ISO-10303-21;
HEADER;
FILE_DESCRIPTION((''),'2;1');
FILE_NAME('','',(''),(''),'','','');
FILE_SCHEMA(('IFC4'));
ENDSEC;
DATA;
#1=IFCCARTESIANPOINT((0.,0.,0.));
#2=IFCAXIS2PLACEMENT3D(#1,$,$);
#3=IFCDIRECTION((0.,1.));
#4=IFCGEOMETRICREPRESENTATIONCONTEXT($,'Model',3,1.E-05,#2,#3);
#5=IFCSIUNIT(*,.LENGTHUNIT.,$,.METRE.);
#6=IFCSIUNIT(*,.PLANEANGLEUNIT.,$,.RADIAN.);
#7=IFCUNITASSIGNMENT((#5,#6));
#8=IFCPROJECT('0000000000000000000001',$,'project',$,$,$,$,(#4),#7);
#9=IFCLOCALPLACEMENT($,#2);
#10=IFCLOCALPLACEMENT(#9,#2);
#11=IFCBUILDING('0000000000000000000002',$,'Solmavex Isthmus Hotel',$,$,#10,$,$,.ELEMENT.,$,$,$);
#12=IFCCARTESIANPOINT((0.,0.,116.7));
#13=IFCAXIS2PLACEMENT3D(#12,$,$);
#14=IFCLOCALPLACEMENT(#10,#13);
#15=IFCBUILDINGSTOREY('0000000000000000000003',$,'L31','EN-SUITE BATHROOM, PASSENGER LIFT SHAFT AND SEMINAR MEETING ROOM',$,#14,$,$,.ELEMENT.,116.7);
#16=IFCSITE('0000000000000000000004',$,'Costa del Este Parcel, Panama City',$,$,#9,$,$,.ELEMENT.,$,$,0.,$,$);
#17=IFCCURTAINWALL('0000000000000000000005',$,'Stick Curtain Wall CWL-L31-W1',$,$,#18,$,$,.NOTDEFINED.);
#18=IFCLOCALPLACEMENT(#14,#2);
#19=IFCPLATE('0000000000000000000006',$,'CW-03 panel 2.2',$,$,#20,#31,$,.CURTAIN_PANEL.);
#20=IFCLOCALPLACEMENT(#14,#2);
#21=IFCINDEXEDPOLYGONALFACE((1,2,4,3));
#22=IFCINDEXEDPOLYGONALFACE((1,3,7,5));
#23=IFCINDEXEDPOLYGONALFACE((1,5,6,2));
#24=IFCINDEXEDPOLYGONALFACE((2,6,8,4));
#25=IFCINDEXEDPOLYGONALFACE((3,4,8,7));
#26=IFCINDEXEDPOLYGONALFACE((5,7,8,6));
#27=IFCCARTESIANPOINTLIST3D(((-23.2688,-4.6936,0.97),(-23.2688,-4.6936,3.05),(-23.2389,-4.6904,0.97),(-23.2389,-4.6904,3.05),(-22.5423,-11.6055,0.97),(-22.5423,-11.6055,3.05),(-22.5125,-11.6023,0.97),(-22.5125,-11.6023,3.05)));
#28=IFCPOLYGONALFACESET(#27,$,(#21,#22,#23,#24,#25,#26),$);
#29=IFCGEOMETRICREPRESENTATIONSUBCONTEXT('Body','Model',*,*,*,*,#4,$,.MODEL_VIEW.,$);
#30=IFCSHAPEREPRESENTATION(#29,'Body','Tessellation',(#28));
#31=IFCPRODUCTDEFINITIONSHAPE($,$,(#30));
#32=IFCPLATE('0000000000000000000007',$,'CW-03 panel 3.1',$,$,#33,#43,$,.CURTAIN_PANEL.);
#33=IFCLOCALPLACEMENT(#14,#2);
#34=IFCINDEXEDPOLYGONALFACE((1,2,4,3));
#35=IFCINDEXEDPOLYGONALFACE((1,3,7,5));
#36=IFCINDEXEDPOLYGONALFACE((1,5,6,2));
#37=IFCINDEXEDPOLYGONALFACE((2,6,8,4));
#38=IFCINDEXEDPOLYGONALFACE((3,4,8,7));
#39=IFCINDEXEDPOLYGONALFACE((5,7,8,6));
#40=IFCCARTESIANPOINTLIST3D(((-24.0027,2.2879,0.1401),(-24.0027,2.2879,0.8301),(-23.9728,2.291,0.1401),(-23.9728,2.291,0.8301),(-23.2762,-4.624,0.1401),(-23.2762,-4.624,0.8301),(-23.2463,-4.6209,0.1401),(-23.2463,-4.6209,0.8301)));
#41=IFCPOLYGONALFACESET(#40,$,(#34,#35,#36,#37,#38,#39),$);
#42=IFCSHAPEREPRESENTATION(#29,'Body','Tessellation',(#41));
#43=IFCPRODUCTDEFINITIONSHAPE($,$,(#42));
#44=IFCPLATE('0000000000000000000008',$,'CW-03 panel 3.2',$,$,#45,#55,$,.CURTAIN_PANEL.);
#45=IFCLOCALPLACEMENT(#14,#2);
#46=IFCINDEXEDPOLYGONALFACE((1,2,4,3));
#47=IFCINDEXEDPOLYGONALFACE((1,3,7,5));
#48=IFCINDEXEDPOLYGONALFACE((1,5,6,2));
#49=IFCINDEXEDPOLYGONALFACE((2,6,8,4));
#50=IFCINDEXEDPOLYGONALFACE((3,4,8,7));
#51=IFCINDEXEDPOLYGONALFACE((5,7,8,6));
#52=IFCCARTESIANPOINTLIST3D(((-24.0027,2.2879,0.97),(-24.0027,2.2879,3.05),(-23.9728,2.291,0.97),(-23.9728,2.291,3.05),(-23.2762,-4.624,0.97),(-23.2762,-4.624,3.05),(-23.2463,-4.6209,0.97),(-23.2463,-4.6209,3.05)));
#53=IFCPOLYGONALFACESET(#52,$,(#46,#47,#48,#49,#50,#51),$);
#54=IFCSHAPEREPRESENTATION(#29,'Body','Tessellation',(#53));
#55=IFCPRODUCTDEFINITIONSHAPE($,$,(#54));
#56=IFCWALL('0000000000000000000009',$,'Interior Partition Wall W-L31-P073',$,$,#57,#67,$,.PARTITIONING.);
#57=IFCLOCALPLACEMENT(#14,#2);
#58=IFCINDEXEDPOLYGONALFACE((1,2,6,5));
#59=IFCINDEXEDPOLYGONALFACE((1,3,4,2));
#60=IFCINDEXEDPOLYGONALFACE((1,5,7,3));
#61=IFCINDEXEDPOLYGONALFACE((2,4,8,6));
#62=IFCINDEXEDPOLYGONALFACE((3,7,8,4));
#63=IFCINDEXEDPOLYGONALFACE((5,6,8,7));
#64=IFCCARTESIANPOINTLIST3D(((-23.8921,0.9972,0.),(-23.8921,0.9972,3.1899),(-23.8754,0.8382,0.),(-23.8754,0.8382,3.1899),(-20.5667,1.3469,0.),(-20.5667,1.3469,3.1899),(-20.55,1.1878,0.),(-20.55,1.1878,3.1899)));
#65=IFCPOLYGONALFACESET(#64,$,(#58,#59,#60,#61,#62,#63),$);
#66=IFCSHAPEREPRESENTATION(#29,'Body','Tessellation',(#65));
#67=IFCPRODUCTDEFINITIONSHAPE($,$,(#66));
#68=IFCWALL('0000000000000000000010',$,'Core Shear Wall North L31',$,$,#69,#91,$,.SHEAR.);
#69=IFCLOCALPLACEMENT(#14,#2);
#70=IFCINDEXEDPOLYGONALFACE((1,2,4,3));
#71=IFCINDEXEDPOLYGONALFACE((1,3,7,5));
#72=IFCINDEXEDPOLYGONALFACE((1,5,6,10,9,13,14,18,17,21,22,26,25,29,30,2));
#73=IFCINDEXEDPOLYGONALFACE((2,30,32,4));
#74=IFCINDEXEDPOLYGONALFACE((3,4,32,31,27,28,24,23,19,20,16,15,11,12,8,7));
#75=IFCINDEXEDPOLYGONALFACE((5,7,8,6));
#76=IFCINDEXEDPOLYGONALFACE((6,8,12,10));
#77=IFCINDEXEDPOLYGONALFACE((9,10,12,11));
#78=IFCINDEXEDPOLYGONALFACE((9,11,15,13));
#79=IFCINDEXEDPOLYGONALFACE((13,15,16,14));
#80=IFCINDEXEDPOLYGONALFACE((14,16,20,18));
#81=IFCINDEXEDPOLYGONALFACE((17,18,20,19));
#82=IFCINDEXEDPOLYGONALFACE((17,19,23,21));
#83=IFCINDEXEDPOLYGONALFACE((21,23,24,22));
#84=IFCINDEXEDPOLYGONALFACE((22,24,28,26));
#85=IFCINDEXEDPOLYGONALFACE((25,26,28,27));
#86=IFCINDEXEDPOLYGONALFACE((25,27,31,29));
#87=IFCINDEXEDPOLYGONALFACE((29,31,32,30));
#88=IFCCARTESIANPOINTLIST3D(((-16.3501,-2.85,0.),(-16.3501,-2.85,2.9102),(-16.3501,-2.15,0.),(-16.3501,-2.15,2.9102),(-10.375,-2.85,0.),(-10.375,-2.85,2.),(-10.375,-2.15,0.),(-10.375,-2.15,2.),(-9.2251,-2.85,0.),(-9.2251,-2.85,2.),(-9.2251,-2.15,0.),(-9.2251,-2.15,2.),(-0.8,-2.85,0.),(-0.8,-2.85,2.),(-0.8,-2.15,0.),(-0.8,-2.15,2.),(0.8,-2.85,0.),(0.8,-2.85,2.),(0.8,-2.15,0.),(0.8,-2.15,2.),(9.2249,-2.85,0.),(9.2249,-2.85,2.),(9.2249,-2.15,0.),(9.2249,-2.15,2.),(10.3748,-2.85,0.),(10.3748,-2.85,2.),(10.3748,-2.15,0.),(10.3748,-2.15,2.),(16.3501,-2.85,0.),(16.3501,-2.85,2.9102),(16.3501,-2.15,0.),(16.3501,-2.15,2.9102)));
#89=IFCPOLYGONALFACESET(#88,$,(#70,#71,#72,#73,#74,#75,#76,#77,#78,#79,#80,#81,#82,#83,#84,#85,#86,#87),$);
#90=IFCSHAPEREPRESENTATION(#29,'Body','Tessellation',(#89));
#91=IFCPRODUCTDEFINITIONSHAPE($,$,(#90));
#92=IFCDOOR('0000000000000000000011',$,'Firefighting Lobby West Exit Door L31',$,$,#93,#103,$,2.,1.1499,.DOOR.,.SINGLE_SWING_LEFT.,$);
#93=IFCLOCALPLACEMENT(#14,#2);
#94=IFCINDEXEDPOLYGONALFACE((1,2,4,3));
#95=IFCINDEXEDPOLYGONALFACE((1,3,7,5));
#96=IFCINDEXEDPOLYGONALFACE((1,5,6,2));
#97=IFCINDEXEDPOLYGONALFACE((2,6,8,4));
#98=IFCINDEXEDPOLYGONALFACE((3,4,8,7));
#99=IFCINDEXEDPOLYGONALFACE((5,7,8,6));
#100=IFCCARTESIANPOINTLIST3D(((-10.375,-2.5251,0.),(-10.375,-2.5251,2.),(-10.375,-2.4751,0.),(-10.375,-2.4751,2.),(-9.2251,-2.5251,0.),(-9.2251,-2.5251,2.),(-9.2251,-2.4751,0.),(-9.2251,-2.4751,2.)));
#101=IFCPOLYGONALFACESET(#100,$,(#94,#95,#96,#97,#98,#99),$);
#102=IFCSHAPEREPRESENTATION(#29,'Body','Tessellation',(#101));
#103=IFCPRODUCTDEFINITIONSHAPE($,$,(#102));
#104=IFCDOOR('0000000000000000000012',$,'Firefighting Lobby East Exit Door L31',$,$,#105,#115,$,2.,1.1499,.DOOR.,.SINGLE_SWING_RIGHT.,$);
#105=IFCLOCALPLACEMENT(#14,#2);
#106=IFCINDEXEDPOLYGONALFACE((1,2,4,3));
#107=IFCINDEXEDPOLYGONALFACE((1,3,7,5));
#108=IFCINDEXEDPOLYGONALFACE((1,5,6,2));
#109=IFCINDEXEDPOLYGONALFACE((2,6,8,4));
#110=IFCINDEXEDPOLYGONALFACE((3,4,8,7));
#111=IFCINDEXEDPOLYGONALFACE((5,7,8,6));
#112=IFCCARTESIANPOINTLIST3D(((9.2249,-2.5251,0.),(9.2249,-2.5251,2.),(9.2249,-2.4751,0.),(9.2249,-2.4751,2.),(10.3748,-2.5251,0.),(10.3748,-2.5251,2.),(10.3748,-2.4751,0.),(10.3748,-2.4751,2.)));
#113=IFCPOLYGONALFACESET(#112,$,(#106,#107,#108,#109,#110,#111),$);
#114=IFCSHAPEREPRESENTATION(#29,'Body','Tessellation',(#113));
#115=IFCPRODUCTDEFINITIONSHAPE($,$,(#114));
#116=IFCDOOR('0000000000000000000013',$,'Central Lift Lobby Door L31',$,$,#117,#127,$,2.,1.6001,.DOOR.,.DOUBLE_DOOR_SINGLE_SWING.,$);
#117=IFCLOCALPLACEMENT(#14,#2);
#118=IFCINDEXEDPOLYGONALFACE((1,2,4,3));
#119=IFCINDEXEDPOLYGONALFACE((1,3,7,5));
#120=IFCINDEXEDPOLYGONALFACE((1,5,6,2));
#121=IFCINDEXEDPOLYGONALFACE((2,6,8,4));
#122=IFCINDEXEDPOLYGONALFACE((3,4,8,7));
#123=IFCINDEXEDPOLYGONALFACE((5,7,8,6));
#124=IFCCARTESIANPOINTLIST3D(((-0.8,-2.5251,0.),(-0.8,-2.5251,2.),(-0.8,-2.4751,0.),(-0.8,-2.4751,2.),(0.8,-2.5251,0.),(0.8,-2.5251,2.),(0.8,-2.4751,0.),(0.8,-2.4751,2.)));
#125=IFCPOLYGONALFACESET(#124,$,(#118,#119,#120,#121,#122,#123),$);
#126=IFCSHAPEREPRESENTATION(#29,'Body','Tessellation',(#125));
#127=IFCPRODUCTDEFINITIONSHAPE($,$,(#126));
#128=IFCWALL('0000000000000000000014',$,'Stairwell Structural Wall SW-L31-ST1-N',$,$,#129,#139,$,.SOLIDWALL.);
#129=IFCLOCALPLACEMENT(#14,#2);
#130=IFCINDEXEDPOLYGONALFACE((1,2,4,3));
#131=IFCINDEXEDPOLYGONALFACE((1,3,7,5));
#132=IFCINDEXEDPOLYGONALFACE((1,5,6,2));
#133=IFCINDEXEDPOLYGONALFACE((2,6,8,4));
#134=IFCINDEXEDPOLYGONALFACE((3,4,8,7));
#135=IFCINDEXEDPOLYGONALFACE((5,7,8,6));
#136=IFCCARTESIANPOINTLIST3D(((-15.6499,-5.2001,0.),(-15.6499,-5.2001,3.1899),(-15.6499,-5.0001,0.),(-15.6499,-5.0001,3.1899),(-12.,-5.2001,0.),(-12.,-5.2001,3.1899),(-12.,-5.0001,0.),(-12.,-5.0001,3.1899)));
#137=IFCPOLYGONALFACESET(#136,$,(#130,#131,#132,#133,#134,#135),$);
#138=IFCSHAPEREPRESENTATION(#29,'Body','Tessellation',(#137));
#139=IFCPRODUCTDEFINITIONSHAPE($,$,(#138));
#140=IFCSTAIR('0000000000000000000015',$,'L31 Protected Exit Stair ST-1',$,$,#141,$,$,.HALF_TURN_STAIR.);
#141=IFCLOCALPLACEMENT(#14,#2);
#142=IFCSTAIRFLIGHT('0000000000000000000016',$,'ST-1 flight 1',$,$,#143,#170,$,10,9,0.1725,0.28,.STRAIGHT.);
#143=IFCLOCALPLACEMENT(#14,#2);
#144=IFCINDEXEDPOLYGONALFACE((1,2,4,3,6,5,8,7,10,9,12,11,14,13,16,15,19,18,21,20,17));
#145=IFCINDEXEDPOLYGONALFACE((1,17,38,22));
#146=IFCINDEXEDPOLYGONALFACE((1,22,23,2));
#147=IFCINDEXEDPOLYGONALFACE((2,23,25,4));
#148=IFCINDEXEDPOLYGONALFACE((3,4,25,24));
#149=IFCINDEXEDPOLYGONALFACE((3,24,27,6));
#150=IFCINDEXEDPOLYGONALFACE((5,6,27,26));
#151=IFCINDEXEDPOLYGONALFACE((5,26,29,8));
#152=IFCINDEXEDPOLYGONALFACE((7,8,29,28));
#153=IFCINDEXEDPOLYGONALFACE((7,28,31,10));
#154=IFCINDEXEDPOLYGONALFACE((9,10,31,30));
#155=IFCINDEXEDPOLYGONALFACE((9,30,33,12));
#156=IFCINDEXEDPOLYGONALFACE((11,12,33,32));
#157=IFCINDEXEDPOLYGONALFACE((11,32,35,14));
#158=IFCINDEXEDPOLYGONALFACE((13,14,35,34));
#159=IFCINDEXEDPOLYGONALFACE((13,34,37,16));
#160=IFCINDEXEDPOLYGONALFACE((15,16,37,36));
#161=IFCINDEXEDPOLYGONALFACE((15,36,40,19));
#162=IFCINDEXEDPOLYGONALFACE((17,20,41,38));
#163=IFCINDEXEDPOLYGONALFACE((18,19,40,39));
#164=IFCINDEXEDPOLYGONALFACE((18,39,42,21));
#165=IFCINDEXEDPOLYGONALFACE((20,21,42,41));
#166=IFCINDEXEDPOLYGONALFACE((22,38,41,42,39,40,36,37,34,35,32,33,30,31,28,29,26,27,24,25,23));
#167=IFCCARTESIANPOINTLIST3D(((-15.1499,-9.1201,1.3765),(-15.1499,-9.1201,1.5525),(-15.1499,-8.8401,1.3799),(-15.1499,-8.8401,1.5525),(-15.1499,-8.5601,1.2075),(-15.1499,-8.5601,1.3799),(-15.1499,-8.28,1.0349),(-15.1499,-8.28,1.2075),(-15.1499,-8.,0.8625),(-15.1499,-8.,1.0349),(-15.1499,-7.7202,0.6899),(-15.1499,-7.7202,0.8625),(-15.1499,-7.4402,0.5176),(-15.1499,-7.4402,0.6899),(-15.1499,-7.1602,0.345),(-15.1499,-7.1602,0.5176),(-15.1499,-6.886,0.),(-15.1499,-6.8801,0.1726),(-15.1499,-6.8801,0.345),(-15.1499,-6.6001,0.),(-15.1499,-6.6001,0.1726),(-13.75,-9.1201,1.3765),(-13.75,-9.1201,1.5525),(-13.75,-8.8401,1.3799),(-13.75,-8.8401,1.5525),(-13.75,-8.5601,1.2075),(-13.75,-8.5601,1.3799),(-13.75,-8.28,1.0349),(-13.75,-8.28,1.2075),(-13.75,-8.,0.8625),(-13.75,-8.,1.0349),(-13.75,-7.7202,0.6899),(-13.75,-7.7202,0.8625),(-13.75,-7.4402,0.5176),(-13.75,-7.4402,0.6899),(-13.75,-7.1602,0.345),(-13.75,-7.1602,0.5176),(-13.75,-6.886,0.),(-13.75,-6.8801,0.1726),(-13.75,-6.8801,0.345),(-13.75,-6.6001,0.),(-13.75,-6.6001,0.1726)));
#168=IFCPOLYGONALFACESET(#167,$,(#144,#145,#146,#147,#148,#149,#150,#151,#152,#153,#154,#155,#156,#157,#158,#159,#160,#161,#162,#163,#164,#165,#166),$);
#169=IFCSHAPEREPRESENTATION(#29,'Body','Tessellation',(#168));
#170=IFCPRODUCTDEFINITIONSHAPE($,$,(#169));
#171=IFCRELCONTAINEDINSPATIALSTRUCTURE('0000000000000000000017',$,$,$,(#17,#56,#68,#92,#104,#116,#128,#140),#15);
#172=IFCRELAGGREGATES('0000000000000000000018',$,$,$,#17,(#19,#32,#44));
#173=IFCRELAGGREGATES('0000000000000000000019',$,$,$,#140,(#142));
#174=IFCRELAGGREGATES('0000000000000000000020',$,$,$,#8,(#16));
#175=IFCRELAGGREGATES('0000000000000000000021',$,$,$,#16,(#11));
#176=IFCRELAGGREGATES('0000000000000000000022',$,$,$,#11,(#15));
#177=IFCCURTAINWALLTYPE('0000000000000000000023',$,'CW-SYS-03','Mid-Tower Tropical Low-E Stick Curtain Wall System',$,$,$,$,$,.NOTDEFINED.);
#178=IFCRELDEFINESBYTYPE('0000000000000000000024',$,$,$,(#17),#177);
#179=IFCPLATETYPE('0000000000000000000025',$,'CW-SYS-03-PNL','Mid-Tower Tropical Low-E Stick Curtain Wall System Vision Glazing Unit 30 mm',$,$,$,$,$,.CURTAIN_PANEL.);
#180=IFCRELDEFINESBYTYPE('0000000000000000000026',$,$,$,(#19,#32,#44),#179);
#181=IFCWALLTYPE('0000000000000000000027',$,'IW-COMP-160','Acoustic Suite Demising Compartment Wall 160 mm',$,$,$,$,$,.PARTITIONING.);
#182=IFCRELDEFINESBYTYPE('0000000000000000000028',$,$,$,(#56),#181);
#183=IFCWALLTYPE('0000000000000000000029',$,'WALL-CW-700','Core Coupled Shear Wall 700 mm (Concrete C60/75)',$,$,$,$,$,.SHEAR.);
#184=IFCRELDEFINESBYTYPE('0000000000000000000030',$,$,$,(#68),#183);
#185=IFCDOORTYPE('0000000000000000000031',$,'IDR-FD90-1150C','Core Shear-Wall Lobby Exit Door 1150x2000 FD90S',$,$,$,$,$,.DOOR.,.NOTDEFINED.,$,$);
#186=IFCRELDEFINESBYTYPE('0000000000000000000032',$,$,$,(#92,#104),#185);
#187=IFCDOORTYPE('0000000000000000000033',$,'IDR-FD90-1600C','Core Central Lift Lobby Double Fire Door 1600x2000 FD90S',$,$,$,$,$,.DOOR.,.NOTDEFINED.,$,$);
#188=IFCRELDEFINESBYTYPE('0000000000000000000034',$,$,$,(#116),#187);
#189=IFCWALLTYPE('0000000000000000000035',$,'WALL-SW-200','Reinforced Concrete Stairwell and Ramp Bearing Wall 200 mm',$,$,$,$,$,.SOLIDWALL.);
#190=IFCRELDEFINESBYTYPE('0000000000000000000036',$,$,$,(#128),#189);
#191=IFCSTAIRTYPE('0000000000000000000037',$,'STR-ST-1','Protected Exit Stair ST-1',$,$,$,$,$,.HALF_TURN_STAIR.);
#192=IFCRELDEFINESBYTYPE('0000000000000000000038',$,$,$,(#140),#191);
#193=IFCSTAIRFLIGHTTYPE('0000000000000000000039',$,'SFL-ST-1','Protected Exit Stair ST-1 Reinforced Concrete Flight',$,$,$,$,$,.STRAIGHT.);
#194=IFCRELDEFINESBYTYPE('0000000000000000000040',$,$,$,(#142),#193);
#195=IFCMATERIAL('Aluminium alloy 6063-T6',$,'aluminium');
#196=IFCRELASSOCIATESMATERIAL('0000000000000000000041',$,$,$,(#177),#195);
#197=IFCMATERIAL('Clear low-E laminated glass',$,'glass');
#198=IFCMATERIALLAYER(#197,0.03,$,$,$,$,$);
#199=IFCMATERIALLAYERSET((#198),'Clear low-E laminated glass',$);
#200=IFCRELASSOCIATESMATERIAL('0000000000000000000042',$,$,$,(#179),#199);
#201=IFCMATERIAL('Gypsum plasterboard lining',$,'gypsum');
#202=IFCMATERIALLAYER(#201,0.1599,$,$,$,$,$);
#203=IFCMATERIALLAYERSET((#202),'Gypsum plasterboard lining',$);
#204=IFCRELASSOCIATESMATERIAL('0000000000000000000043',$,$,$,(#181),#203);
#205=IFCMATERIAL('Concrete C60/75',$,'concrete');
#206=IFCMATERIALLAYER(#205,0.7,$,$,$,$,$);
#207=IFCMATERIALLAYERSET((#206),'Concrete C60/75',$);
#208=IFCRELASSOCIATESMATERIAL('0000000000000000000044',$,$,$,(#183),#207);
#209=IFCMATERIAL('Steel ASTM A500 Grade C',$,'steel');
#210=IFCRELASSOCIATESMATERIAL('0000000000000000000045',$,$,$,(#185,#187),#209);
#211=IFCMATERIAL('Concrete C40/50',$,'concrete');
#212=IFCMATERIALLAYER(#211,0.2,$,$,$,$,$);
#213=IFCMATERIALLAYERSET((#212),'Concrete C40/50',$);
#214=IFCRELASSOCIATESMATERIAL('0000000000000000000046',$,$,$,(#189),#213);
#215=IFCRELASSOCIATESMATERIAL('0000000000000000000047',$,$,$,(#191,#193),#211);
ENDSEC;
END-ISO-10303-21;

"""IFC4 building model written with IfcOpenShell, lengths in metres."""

from ifc_helpers import new_model, si_unit, direction, frame, frame_2d, origin, origin_2d, place, context, subcontext, project, spatial, polyline, rectangle, outline, extrude, material, layer, layer_set, type_object, element, fill, aggregate, save


model = new_model("IFC4")

# Units and contexts
model_context = context("Model", 3, precision=1e-05, world=origin(), true_north=direction((0.0, 1.0)))
body_context = subcontext(model_context, "Body", "Model", "MODEL_VIEW")
ifc_project = project(units=[si_unit("LENGTHUNIT", "METRE"), si_unit("PLANEANGLEUNIT", "RADIAN")], contexts=[model_context])

# Site, building, storey
site_placement = place(None, origin())
site = spatial("IfcSite", under=ifc_project, at=site_placement, Name="Costa del Este Parcel, Panama City", CompositionType="ELEMENT", RefElevation=0.0)
building_placement = place(site_placement, origin())
building = spatial("IfcBuilding", under=site, at=building_placement, Name="Solmavex Isthmus Hotel", CompositionType="ELEMENT")
storey_placement = place(building_placement, frame((0.0, 0.0, 116.7)))
storey = spatial("IfcBuildingStorey", under=building, at=storey_placement, Name="L31", Description="EN-SUITE BATHROOM, PASSENGER LIFT SHAFT AND SEMINAR MEETING ROOM", CompositionType="ELEMENT", Elevation=116.7)

# Shared definitions
ifc_material_1 = material(Name="Concrete C60/75", Category="concrete")

# Curtain wall, plates
ifc_material_2 = material(Name="Aluminium alloy 6063-T6", Category="aluminium")
curtain_wall_type = type_object("IfcCurtainWallType", Name="CW-SYS-03", Description="Mid-Tower Tropical Low-E Stick Curtain Wall System", PredefinedType="NOTDEFINED", material=ifc_material_2)
curtain_wall_placement = place(storey_placement, origin())
curtain_wall = element("IfcCurtainWall", 1, at=curtain_wall_placement, inside=storey, type_object=curtain_wall_type, Name="Stick Curtain Wall CWL-L31-W1", PredefinedType="NOTDEFINED")
ifc_material_3 = material(Name="Clear low-E laminated glass", Category="glass")
ifc_layer_1 = layer(ifc_material_3, 0.03)
ifc_layer_set_1 = layer_set([ifc_layer_1], Name="Clear low-E laminated glass")
plate_type = type_object("IfcPlateType", Name="CW-SYS-03-PNL", Description="Mid-Tower Tropical Low-E Stick Curtain Wall System Vision Glazing Unit 30 mm", PredefinedType="CURTAIN_PANEL", material=ifc_layer_set_1)
plate_1_placement = place(storey_placement, frame((-22.8906, -8.1479, 0.97), z_axis=(0.0, 0.0, 1.0), x_axis=(-0.104528, 0.994522, 0.0)))
plate_1 = element("IfcPlate", 2, at=plate_1_placement, type_object=plate_type, Name="CW-03 panel 2.2", PredefinedType="CURTAIN_PANEL", context=body_context, shape_type="SweptSolid", body=[
    extrude(rectangle(XDim=6.95, YDim=0.03, at=origin_2d()), origin(), (0.0, 0.0, 1.0), 2.0801),
])
plate_2_placement = place(storey_placement, frame((-23.6245, -1.1665, 0.1401), z_axis=(0.0, 0.0, 1.0), x_axis=(-0.104528, 0.994522, 0.0)))
plate_2 = element("IfcPlate", 3, at=plate_2_placement, type_object=plate_type, Name="CW-03 panel 3.1", PredefinedType="CURTAIN_PANEL", context=body_context, shape_type="SweptSolid", body=[
    extrude(rectangle(XDim=6.95, YDim=0.03, at=origin_2d()), origin(), (0.0, 0.0, 1.0), 0.6899),
])
plate_3_placement = place(storey_placement, frame((-23.6245, -1.1665, 0.97), z_axis=(0.0, 0.0, 1.0), x_axis=(-0.104528, 0.994522, 0.0)))
plate_3 = element("IfcPlate", 4, at=plate_3_placement, type_object=plate_type, Name="CW-03 panel 3.2", PredefinedType="CURTAIN_PANEL", context=body_context, shape_type="SweptSolid", body=[
    extrude(rectangle(XDim=6.95, YDim=0.03, at=origin_2d()), origin(), (0.0, 0.0, 1.0), 2.0801),
])
aggregate(curtain_wall, [plate_1, plate_2, plate_3])

# Wall
ifc_material_4 = material(Name="Gypsum plasterboard lining", Category="gypsum")
ifc_layer_2 = layer(ifc_material_4, 0.1599)
ifc_layer_set_2 = layer_set([ifc_layer_2], Name="Gypsum plasterboard lining")
wall_type_1 = type_object("IfcWallType", Name="IW-COMP-160", Description="Acoustic Suite Demising Compartment Wall 160 mm", PredefinedType="PARTITIONING", material=ifc_layer_set_2)
wall_1_placement = place(storey_placement, frame((-20.5583, 1.2673, 0.0), z_axis=(0.0, 0.0, 1.0), x_axis=(-0.994519, -0.104556, 0.0)))
element("IfcWall", 5, at=wall_1_placement, inside=storey, type_object=wall_type_1, Name="Interior Partition Wall W-L31-P073", PredefinedType="PARTITIONING", context=body_context, shape_type="SweptSolid", body=[
    extrude(rectangle(XDim=3.3438, YDim=0.1599, at=frame_2d((1.6719, 0.0))), origin(), (0.0, 0.0, 1.0), 3.1899),
])

# Wall, openings, doors
ifc_layer_3 = layer(ifc_material_1, 0.7)
ifc_layer_set_3 = layer_set([ifc_layer_3], Name="Concrete C60/75")
wall_type_2 = type_object("IfcWallType", Name="WALL-CW-700", Description="Core Coupled Shear Wall 700 mm (Concrete C60/75)", PredefinedType="SHEAR", material=ifc_layer_set_3)
wall_2_placement = place(storey_placement, frame((-16.3501, -2.5, 0.0), z_axis=(0.0, 0.0, 1.0), x_axis=(1.0, 0.0, 0.0)))
wall_2 = element("IfcWall", 6, at=wall_2_placement, inside=storey, type_object=wall_type_2, Name="Core Shear Wall North L31", PredefinedType="SHEAR", context=body_context, shape_type="SweptSolid", body=[
    extrude(rectangle(XDim=32.7002, YDim=0.7, at=frame_2d((16.3501, 0.0))), origin(), (0.0, 0.0, 1.0), 2.9102),
])
opening_1_placement = place(wall_2_placement, frame((5.9751, 0.0, 0.0)))
opening_1 = element("IfcOpeningElement", 7, at=opening_1_placement, cuts=wall_2, PredefinedType="OPENING", context=body_context, shape_type="SweptSolid", body=[
    extrude(rectangle(XDim=1.1499, YDim=2.0, at=frame_2d((0.575, 1.0))), frame((0.0, 0.3599, 0.0), z_axis=(0.0, -1.0, 0.0), x_axis=(1.0, 0.0, 0.0)), (0.0, 0.0, 1.0), 0.72),
])
opening_2_placement = place(wall_2_placement, frame((15.55, 0.0, 0.0)))
opening_2 = element("IfcOpeningElement", 8, at=opening_2_placement, cuts=wall_2, PredefinedType="OPENING", context=body_context, shape_type="SweptSolid", body=[
    extrude(rectangle(XDim=1.6001, YDim=2.0, at=frame_2d((0.8, 1.0))), frame((0.0, 0.3599, 0.0), z_axis=(0.0, -1.0, 0.0), x_axis=(1.0, 0.0, 0.0)), (0.0, 0.0, 1.0), 0.72),
])
opening_3_placement = place(wall_2_placement, frame((25.575, 0.0, 0.0)))
opening_3 = element("IfcOpeningElement", 9, at=opening_3_placement, cuts=wall_2, PredefinedType="OPENING", context=body_context, shape_type="SweptSolid", body=[
    extrude(rectangle(XDim=1.1499, YDim=2.0, at=frame_2d((0.575, 1.0))), frame((0.0, 0.3599, 0.0), z_axis=(0.0, -1.0, 0.0), x_axis=(1.0, 0.0, 0.0)), (0.0, 0.0, 1.0), 0.72),
])
ifc_material_5 = material(Name="Steel ASTM A500 Grade C", Category="steel")
door_type_1 = type_object("IfcDoorType", Name="IDR-FD90-1150C", Description="Core Shear-Wall Lobby Exit Door 1150x2000 FD90S", OperationType="NOTDEFINED", PredefinedType="DOOR", material=ifc_material_5)
door_1_placement = place(opening_1_placement, origin())
door_1 = element("IfcDoor", 10, at=door_1_placement, inside=storey, type_object=door_type_1, Name="Firefighting Lobby West Exit Door L31", OperationType="SINGLE_SWING_LEFT", OverallHeight=2.0, OverallWidth=1.1499, PredefinedType="DOOR", context=body_context, shape_type="SweptSolid", body=[
    extrude(rectangle(XDim=1.1499, YDim=2.0, at=frame_2d((0.575, 1.0))), frame((0.0, 0.0249, 0.0), z_axis=(0.0, -1.0, 0.0), x_axis=(1.0, 0.0, 0.0)), (0.0, 0.0, 1.0), 0.05),
])
fill(opening_1, door_1)
door_2_placement = place(opening_3_placement, origin())
door_2 = element("IfcDoor", 11, at=door_2_placement, inside=storey, type_object=door_type_1, Name="Firefighting Lobby East Exit Door L31", OperationType="SINGLE_SWING_RIGHT", OverallHeight=2.0, OverallWidth=1.1499, PredefinedType="DOOR", context=body_context, shape_type="SweptSolid", body=[
    extrude(rectangle(XDim=1.1499, YDim=2.0, at=frame_2d((0.575, 1.0))), frame((0.0, 0.0249, 0.0), z_axis=(0.0, -1.0, 0.0), x_axis=(1.0, 0.0, 0.0)), (0.0, 0.0, 1.0), 0.05),
])
fill(opening_3, door_2)
door_type_2 = type_object("IfcDoorType", Name="IDR-FD90-1600C", Description="Core Central Lift Lobby Double Fire Door 1600x2000 FD90S", OperationType="NOTDEFINED", PredefinedType="DOOR", material=ifc_material_5)
door_3_placement = place(opening_2_placement, origin())
door_3 = element("IfcDoor", 12, at=door_3_placement, inside=storey, type_object=door_type_2, Name="Central Lift Lobby Door L31", OperationType="DOUBLE_DOOR_SINGLE_SWING", OverallHeight=2.0, OverallWidth=1.6001, PredefinedType="DOOR", context=body_context, shape_type="SweptSolid", body=[
    extrude(rectangle(XDim=1.6001, YDim=2.0, at=frame_2d((0.8, 1.0))), frame((0.0, 0.0249, 0.0), z_axis=(0.0, -1.0, 0.0), x_axis=(1.0, 0.0, 0.0)), (0.0, 0.0, 1.0), 0.05),
])
fill(opening_2, door_3)

# Wall
ifc_material_6 = material(Name="Concrete C40/50", Category="concrete")
ifc_layer_4 = layer(ifc_material_6, 0.2)
ifc_layer_set_4 = layer_set([ifc_layer_4], Name="Concrete C40/50")
wall_type_3 = type_object("IfcWallType", Name="WALL-SW-200", Description="Reinforced Concrete Stairwell and Ramp Bearing Wall 200 mm", PredefinedType="SOLIDWALL", material=ifc_layer_set_4)
wall_3_placement = place(storey_placement, frame((-15.6499, -5.1001, 0.0), z_axis=(0.0, 0.0, 1.0), x_axis=(1.0, 0.0, 0.0)))
element("IfcWall", 13, at=wall_3_placement, inside=storey, type_object=wall_type_3, Name="Stairwell Structural Wall SW-L31-ST1-N", PredefinedType="SOLIDWALL", context=body_context, shape_type="SweptSolid", body=[
    extrude(rectangle(XDim=3.6499, YDim=0.2, at=frame_2d((1.825, 0.0))), origin(), (0.0, 0.0, 1.0), 3.1899),
])

# Stair, stair flight
stair_type = type_object("IfcStairType", Name="STR-ST-1", Description="Protected Exit Stair ST-1", PredefinedType="HALF_TURN_STAIR", material=ifc_material_6)
stair_placement = place(storey_placement, origin())
stair = element("IfcStair", 14, at=stair_placement, inside=storey, type_object=stair_type, Name="L31 Protected Exit Stair ST-1", PredefinedType="HALF_TURN_STAIR")
stair_flight_type = type_object("IfcStairFlightType", Name="SFL-ST-1", Description="Protected Exit Stair ST-1 Reinforced Concrete Flight", PredefinedType="STRAIGHT", material=ifc_material_6)
stair_flight_1_placement = place(storey_placement, frame((-14.45, -6.6001, 0.0), z_axis=(0.0, 0.0, 1.0), x_axis=(0.0, -1.0, 0.0)))
stair_flight_1 = element("IfcStairFlight", 15, at=stair_flight_1_placement, type_object=stair_flight_type, Name="ST-1 flight 1", NumberOfRisers=10, NumberOfTreads=9, PredefinedType="STRAIGHT", RiserHeight=0.1725, TreadLength=0.28, context=body_context, shape_type="SweptSolid", body=[
    extrude(outline(polyline([(0.0, 0.0), (0.0, 0.1726), (0.28, 0.1726), (0.28, 0.345), (0.5601, 0.345), (0.5601, 0.5176), (0.8401, 0.5176), (0.8401, 0.6899), (1.1201, 0.6899), (1.1201, 0.8625), (1.3999, 0.8625), (1.3999, 1.0349), (1.6799, 1.0349), (1.6799, 1.2075), (1.96, 1.2075), (1.96, 1.3799), (2.24, 1.3799), (2.24, 1.5525), (2.52, 1.5525), (2.52, 1.7251), (2.52, 1.3765), (0.2859, 0.0), (0.0, 0.0)])), frame((0.0, 0.7, 0.0), z_axis=(0.0, -1.0, 0.0), x_axis=(1.0, 0.0, 0.0)), (0.0, 0.0, 1.0), 1.3999),
])
aggregate(stair, [stair_flight_1])

save(model, "model.ifc")
